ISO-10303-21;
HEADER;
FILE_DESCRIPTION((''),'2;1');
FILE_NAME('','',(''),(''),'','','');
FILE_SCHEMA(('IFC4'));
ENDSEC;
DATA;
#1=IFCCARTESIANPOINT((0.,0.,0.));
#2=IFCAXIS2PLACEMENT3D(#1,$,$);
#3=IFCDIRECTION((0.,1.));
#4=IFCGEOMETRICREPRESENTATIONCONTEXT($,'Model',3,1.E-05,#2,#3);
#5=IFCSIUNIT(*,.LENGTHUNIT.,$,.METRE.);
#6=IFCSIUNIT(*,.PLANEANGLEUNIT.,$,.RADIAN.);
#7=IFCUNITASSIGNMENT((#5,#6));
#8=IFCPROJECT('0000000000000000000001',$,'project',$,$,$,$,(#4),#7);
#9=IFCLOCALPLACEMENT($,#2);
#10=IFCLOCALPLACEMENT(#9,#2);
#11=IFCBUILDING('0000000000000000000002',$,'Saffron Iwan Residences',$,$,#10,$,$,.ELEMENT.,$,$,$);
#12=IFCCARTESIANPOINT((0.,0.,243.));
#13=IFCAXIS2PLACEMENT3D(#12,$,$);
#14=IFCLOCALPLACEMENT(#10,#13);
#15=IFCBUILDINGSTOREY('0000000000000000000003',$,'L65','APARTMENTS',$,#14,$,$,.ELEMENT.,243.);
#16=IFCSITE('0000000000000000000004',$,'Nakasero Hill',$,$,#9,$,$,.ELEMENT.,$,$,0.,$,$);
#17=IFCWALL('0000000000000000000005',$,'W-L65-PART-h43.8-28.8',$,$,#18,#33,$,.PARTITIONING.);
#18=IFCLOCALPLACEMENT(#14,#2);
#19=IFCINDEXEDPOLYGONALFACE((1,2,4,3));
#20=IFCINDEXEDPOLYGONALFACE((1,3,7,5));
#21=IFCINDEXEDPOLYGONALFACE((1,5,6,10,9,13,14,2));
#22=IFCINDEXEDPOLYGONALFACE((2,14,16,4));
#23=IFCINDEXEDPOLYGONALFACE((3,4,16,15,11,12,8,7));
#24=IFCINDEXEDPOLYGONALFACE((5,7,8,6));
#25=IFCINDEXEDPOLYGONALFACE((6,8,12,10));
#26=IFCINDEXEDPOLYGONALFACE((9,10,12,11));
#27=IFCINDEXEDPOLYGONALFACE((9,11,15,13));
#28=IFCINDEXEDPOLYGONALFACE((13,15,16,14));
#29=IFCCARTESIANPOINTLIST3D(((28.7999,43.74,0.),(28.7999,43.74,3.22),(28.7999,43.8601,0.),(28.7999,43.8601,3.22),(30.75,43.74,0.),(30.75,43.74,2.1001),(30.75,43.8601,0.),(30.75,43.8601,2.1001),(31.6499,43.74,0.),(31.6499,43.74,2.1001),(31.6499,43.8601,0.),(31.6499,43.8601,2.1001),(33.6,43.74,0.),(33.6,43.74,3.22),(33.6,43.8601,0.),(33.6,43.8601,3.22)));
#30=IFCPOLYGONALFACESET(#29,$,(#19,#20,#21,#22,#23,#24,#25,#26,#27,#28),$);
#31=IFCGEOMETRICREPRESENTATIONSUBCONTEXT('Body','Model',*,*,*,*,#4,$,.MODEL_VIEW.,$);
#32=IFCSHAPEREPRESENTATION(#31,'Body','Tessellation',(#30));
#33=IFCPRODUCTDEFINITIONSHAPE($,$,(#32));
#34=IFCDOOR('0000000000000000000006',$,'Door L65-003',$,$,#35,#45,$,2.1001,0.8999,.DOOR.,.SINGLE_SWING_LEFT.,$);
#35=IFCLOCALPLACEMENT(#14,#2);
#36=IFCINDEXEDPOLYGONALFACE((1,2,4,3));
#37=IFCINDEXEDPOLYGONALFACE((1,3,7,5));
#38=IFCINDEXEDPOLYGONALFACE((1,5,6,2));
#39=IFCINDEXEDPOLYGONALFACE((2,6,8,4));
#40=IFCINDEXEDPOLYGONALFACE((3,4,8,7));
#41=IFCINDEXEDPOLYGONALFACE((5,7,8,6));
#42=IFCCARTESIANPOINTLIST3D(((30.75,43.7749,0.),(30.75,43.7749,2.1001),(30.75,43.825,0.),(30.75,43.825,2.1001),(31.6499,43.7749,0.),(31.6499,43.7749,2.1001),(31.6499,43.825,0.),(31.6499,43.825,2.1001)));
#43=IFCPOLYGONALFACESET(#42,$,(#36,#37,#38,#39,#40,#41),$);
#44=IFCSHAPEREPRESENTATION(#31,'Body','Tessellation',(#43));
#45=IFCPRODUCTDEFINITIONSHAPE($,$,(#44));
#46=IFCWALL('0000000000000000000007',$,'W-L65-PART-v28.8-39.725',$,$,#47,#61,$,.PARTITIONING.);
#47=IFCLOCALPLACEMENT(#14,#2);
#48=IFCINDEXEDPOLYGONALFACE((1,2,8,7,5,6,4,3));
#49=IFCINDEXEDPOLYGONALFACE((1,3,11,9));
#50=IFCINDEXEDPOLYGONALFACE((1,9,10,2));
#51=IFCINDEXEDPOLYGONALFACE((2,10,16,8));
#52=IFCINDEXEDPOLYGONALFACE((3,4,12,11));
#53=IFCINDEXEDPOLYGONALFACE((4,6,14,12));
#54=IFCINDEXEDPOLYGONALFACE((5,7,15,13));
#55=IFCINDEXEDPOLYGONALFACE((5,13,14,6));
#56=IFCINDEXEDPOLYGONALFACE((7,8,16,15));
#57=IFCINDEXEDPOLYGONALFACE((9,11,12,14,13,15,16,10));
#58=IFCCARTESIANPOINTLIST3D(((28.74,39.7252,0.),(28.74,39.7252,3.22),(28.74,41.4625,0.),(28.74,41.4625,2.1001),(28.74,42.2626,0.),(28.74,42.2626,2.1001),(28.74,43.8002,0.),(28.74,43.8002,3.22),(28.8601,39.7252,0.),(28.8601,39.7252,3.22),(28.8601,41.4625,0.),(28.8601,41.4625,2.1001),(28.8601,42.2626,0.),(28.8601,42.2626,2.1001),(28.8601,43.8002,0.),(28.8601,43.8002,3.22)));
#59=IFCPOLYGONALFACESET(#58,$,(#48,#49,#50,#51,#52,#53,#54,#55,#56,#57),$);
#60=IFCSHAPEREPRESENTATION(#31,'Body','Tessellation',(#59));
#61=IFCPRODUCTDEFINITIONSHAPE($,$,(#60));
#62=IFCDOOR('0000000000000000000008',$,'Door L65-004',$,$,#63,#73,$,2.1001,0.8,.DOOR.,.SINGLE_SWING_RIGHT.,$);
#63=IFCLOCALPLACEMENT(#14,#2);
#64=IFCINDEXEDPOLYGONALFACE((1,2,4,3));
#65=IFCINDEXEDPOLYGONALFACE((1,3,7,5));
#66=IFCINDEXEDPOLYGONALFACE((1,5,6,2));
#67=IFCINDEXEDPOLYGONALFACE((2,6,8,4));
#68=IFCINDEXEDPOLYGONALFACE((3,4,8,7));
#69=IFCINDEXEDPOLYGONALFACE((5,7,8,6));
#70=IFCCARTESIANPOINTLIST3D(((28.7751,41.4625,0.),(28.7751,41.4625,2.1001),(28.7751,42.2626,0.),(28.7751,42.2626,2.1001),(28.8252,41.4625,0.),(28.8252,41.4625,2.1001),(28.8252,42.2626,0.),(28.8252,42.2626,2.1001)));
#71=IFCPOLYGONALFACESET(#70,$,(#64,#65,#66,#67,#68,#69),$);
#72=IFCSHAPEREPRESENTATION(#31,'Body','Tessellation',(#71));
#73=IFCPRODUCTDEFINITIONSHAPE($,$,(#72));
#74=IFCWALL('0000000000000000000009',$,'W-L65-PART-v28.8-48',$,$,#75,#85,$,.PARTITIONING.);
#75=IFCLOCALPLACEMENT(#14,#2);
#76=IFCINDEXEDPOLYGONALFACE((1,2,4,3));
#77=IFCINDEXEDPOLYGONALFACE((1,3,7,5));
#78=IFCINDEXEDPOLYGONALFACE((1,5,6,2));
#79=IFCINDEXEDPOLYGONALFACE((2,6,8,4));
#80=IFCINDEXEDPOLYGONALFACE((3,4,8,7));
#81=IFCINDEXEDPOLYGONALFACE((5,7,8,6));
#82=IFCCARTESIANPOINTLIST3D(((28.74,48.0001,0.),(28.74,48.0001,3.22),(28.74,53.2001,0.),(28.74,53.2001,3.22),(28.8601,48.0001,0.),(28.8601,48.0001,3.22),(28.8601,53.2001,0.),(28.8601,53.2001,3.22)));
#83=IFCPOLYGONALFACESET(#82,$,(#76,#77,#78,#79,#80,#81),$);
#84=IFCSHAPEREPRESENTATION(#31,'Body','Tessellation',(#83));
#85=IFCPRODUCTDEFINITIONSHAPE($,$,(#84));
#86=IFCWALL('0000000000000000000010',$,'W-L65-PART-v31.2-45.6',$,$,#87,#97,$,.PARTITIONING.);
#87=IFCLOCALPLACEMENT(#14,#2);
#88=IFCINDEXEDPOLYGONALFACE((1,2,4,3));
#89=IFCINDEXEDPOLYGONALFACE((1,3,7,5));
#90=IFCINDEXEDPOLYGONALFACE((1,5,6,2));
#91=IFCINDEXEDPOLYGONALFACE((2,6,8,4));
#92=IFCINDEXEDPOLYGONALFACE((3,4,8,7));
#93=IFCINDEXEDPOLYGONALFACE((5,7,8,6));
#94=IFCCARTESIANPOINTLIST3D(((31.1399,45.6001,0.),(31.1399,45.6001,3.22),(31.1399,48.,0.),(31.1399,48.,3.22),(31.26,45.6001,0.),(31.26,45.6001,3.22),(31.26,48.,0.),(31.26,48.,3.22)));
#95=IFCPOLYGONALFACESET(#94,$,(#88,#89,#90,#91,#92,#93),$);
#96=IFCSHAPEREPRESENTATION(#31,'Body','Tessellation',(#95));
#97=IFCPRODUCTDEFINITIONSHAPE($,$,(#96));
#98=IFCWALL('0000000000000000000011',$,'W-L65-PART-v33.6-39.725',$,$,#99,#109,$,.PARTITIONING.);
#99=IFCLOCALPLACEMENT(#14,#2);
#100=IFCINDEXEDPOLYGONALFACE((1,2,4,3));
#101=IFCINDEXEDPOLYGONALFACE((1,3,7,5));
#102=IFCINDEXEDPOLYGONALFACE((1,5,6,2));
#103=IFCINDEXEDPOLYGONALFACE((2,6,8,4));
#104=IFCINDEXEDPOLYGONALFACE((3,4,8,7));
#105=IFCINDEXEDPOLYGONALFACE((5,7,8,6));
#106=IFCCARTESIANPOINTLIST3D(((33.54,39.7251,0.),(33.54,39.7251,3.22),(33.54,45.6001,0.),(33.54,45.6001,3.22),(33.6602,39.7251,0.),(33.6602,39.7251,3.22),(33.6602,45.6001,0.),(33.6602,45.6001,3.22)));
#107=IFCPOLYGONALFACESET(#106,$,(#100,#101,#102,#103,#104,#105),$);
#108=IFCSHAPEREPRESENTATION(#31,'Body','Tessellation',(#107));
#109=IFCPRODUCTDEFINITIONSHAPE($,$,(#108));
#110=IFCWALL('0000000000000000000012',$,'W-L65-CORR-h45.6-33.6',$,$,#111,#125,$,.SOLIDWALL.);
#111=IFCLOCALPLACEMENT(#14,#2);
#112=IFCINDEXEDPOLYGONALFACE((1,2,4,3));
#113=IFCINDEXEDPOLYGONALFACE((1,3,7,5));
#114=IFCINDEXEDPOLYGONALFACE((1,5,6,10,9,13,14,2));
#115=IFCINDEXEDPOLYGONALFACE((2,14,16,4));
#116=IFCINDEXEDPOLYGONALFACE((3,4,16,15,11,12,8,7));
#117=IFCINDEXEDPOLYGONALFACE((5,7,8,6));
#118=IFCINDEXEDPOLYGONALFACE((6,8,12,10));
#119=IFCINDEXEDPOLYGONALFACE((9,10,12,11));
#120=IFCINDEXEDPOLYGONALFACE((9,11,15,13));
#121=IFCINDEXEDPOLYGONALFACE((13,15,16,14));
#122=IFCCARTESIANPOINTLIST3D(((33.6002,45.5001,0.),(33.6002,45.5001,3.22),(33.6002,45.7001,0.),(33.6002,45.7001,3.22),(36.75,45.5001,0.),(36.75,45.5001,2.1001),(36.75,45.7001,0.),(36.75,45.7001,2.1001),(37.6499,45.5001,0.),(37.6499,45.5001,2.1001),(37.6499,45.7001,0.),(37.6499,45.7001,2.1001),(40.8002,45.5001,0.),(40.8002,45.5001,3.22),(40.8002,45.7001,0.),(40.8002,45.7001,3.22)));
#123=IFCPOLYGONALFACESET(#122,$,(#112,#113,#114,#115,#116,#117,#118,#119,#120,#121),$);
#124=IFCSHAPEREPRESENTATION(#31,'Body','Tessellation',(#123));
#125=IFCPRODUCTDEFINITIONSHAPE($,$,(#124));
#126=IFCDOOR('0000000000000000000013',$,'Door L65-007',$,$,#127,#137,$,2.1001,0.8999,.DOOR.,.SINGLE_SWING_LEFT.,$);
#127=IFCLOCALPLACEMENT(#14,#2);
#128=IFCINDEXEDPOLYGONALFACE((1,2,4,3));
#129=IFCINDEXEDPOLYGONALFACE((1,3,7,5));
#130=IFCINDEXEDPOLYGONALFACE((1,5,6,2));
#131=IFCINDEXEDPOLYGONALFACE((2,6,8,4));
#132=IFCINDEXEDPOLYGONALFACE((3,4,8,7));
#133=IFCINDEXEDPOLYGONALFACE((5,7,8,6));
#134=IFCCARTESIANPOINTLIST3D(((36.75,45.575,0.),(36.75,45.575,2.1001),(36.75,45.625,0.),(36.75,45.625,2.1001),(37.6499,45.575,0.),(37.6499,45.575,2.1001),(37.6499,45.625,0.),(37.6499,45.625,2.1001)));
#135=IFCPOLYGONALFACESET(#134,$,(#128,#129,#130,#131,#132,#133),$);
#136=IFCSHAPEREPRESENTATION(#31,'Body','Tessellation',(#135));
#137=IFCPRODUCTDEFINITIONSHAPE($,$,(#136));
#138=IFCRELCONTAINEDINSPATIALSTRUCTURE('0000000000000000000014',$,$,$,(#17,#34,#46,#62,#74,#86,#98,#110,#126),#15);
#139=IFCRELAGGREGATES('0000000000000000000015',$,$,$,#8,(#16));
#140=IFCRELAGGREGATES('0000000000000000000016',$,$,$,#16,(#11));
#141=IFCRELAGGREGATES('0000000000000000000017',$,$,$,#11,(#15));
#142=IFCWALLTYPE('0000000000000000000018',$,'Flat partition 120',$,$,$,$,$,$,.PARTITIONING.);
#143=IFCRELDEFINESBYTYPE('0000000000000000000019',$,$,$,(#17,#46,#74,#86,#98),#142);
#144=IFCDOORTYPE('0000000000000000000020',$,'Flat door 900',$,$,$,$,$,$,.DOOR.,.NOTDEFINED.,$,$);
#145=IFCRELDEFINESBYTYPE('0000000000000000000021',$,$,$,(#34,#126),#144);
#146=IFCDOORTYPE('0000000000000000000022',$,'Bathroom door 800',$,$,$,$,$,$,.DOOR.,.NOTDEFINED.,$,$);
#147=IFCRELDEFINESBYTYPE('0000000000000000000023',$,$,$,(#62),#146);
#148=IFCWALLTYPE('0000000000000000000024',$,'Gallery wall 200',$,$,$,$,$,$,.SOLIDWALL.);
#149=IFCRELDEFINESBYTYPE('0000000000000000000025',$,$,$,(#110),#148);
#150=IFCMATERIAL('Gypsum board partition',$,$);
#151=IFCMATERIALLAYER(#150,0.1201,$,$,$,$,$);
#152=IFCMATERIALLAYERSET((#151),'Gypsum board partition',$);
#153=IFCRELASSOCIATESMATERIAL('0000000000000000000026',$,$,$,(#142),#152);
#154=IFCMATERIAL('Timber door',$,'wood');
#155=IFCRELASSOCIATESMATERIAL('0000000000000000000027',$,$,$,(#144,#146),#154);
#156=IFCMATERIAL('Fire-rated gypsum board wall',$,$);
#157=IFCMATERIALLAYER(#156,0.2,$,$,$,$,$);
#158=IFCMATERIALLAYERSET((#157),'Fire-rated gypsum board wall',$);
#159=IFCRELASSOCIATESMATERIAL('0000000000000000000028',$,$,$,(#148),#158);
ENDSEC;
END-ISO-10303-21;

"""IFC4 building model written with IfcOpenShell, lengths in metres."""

from ifc_helpers import new_model, si_unit, direction, frame, frame_2d, origin, place, context, subcontext, project, spatial, rectangle, extrude, material, layer, layer_set, type_object, element, fill, save


model = new_model("IFC4")

# Units and contexts
model_context = context("Model", 3, precision=1e-05, world=origin(), true_north=direction((0.0, 1.0)))
body_context = subcontext(model_context, "Body", "Model", "MODEL_VIEW")
ifc_project = project(units=[si_unit("LENGTHUNIT", "METRE"), si_unit("PLANEANGLEUNIT", "RADIAN")], contexts=[model_context])

# Site, building, storey
site_placement = place(None, origin())
site = spatial("IfcSite", under=ifc_project, at=site_placement, Name="Nakasero Hill", CompositionType="ELEMENT", RefElevation=0.0)
building_placement = place(site_placement, origin())
building = spatial("IfcBuilding", under=site, at=building_placement, Name="Saffron Iwan Residences", CompositionType="ELEMENT")
storey_placement = place(building_placement, frame((0.0, 0.0, 243.0)))
storey = spatial("IfcBuildingStorey", under=building, at=storey_placement, Name="L65", Description="APARTMENTS", CompositionType="ELEMENT", Elevation=243.0)

# Walls, openings, doors
ifc_material_1 = material(Name="Gypsum board partition")
ifc_layer_1 = layer(ifc_material_1, 0.1201)
ifc_layer_set_1 = layer_set([ifc_layer_1], Name="Gypsum board partition")
wall_type_1 = type_object("IfcWallType", Name="Flat partition 120", PredefinedType="PARTITIONING", material=ifc_layer_set_1)
wall_1_placement = place(storey_placement, frame((28.8, 43.8, 0.0), z_axis=(0.0, 0.0, 1.0), x_axis=(1.0, 0.0, 0.0)))
wall_1 = element("IfcWall", 1, at=wall_1_placement, inside=storey, type_object=wall_type_1, Name="W-L65-PART-h43.8-28.8", PredefinedType="PARTITIONING", context=body_context, shape_type="SweptSolid", body=[
    extrude(rectangle(XDim=4.8, YDim=0.1201, at=frame_2d((2.3999, 0.0))), origin(), (0.0, 0.0, 1.0), 3.22),
])
opening_1_placement = place(wall_1_placement, frame((1.95, 0.0, 0.0)))
opening_1 = element("IfcOpeningElement", 2, at=opening_1_placement, cuts=wall_1, PredefinedType="OPENING", context=body_context, shape_type="SweptSolid", body=[
    extrude(rectangle(XDim=0.8999, YDim=2.1001, at=frame_2d((0.45, 1.05))), frame((0.0, 0.0701, 0.0), z_axis=(0.0, -1.0, 0.0), x_axis=(1.0, 0.0, 0.0)), (0.0, 0.0, 1.0), 0.1401),
])
ifc_material_2 = material(Name="Timber door", Category="wood")
door_type_1 = type_object("IfcDoorType", Name="Flat door 900", OperationType="NOTDEFINED", PredefinedType="DOOR", material=ifc_material_2)
door_1_placement = place(opening_1_placement, origin())
door_1 = element("IfcDoor", 3, at=door_1_placement, inside=storey, type_object=door_type_1, Name="Door L65-003", OperationType="SINGLE_SWING_LEFT", OverallHeight=2.1001, OverallWidth=0.8999, PredefinedType="DOOR", context=body_context, shape_type="SweptSolid", body=[
    extrude(rectangle(XDim=0.8999, YDim=2.1001, at=frame_2d((0.45, 1.05))), frame((0.0, 0.0249, 0.0), z_axis=(0.0, -1.0, 0.0), x_axis=(1.0, 0.0, 0.0)), (0.0, 0.0, 1.0), 0.05),
])
fill(opening_1, door_1)
wall_2_placement = place(storey_placement, frame((28.8, 39.7251, 0.0), z_axis=(0.0, 0.0, 1.0), x_axis=(0.0, 1.0, 0.0)))
wall_2 = element("IfcWall", 4, at=wall_2_placement, inside=storey, type_object=wall_type_1, Name="W-L65-PART-v28.8-39.725", PredefinedType="PARTITIONING", context=body_context, shape_type="SweptSolid", body=[
    extrude(rectangle(XDim=4.075, YDim=0.1201, at=frame_2d((2.0376, 0.0))), origin(), (0.0, 0.0, 1.0), 3.22),
])
opening_2_placement = place(wall_2_placement, frame((1.7375, 0.0, 0.0)))
opening_2 = element("IfcOpeningElement", 5, at=opening_2_placement, cuts=wall_2, PredefinedType="OPENING", context=body_context, shape_type="SweptSolid", body=[
    extrude(rectangle(XDim=0.8, YDim=2.1001, at=frame_2d((0.3999, 1.05))), frame((0.0, 0.0701, 0.0), z_axis=(0.0, -1.0, 0.0), x_axis=(1.0, 0.0, 0.0)), (0.0, 0.0, 1.0), 0.1401),
])
door_type_2 = type_object("IfcDoorType", Name="Bathroom door 800", OperationType="NOTDEFINED", PredefinedType="DOOR", material=ifc_material_2)
door_2_placement = place(opening_2_placement, origin())
door_2 = element("IfcDoor", 6, at=door_2_placement, inside=storey, type_object=door_type_2, Name="Door L65-004", OperationType="SINGLE_SWING_RIGHT", OverallHeight=2.1001, OverallWidth=0.8, PredefinedType="DOOR", context=body_context, shape_type="SweptSolid", body=[
    extrude(rectangle(XDim=0.8, YDim=2.1001, at=frame_2d((0.3999, 1.05))), frame((0.0, 0.0249, 0.0), z_axis=(0.0, -1.0, 0.0), x_axis=(1.0, 0.0, 0.0)), (0.0, 0.0, 1.0), 0.05),
])
fill(opening_2, door_2)

# Walls
wall_3_placement = place(storey_placement, frame((28.8, 48.0, 0.0), z_axis=(0.0, 0.0, 1.0), x_axis=(0.0, 1.0, 0.0)))
element("IfcWall", 7, at=wall_3_placement, inside=storey, type_object=wall_type_1, Name="W-L65-PART-v28.8-48", PredefinedType="PARTITIONING", context=body_context, shape_type="SweptSolid", body=[
    extrude(rectangle(XDim=5.2, YDim=0.1201, at=frame_2d((2.6001, 0.0))), origin(), (0.0, 0.0, 1.0), 3.22),
])
wall_4_placement = place(storey_placement, frame((31.2, 45.6001, 0.0), z_axis=(0.0, 0.0, 1.0), x_axis=(0.0, 1.0, 0.0)))
element("IfcWall", 8, at=wall_4_placement, inside=storey, type_object=wall_type_1, Name="W-L65-PART-v31.2-45.6", PredefinedType="PARTITIONING", context=body_context, shape_type="SweptSolid", body=[
    extrude(rectangle(XDim=2.3999, YDim=0.1201, at=frame_2d((1.2, 0.0))), origin(), (0.0, 0.0, 1.0), 3.22),
])
wall_5_placement = place(storey_placement, frame((33.6001, 39.7251, 0.0), z_axis=(0.0, 0.0, 1.0), x_axis=(0.0, 1.0, 0.0)))
element("IfcWall", 9, at=wall_5_placement, inside=storey, type_object=wall_type_1, Name="W-L65-PART-v33.6-39.725", PredefinedType="PARTITIONING", context=body_context, shape_type="SweptSolid", body=[
    extrude(rectangle(XDim=5.875, YDim=0.1201, at=frame_2d((2.9375, 0.0))), origin(), (0.0, 0.0, 1.0), 3.22),
])

# Wall, opening, door
ifc_material_3 = material(Name="Fire-rated gypsum board wall")
ifc_layer_2 = layer(ifc_material_3, 0.2)
ifc_layer_set_2 = layer_set([ifc_layer_2], Name="Fire-rated gypsum board wall")
wall_type_2 = type_object("IfcWallType", Name="Gallery wall 200", PredefinedType="SOLIDWALL", material=ifc_layer_set_2)
wall_6_placement = place(storey_placement, frame((33.6001, 45.6001, 0.0), z_axis=(0.0, 0.0, 1.0), x_axis=(1.0, 0.0, 0.0)))
wall_6 = element("IfcWall", 10, at=wall_6_placement, inside=storey, type_object=wall_type_2, Name="W-L65-CORR-h45.6-33.6", PredefinedType="SOLIDWALL", context=body_context, shape_type="SweptSolid", body=[
    extrude(rectangle(XDim=7.2, YDim=0.2, at=frame_2d((3.6001, 0.0))), origin(), (0.0, 0.0, 1.0), 3.22),
])
opening_3_placement = place(wall_6_placement, frame((3.1499, 0.0, 0.0)))
opening_3 = element("IfcOpeningElement", 11, at=opening_3_placement, cuts=wall_6, PredefinedType="OPENING", context=body_context, shape_type="SweptSolid", body=[
    extrude(rectangle(XDim=0.8999, YDim=2.1001, at=frame_2d((0.45, 1.05))), frame((0.0, 0.1099, 0.0), z_axis=(0.0, -1.0, 0.0), x_axis=(1.0, 0.0, 0.0)), (0.0, 0.0, 1.0), 0.22),
])
door_3_placement = place(opening_3_placement, origin())
door_3 = element("IfcDoor", 12, at=door_3_placement, inside=storey, type_object=door_type_1, Name="Door L65-007", OperationType="SINGLE_SWING_LEFT", OverallHeight=2.1001, OverallWidth=0.8999, PredefinedType="DOOR", context=body_context, shape_type="SweptSolid", body=[
    extrude(rectangle(XDim=0.8999, YDim=2.1001, at=frame_2d((0.45, 1.05))), frame((0.0, 0.0249, 0.0), z_axis=(0.0, -1.0, 0.0), x_axis=(1.0, 0.0, 0.0)), (0.0, 0.0, 1.0), 0.05),
])
fill(opening_3, door_3)

save(model, "model.ifc")
